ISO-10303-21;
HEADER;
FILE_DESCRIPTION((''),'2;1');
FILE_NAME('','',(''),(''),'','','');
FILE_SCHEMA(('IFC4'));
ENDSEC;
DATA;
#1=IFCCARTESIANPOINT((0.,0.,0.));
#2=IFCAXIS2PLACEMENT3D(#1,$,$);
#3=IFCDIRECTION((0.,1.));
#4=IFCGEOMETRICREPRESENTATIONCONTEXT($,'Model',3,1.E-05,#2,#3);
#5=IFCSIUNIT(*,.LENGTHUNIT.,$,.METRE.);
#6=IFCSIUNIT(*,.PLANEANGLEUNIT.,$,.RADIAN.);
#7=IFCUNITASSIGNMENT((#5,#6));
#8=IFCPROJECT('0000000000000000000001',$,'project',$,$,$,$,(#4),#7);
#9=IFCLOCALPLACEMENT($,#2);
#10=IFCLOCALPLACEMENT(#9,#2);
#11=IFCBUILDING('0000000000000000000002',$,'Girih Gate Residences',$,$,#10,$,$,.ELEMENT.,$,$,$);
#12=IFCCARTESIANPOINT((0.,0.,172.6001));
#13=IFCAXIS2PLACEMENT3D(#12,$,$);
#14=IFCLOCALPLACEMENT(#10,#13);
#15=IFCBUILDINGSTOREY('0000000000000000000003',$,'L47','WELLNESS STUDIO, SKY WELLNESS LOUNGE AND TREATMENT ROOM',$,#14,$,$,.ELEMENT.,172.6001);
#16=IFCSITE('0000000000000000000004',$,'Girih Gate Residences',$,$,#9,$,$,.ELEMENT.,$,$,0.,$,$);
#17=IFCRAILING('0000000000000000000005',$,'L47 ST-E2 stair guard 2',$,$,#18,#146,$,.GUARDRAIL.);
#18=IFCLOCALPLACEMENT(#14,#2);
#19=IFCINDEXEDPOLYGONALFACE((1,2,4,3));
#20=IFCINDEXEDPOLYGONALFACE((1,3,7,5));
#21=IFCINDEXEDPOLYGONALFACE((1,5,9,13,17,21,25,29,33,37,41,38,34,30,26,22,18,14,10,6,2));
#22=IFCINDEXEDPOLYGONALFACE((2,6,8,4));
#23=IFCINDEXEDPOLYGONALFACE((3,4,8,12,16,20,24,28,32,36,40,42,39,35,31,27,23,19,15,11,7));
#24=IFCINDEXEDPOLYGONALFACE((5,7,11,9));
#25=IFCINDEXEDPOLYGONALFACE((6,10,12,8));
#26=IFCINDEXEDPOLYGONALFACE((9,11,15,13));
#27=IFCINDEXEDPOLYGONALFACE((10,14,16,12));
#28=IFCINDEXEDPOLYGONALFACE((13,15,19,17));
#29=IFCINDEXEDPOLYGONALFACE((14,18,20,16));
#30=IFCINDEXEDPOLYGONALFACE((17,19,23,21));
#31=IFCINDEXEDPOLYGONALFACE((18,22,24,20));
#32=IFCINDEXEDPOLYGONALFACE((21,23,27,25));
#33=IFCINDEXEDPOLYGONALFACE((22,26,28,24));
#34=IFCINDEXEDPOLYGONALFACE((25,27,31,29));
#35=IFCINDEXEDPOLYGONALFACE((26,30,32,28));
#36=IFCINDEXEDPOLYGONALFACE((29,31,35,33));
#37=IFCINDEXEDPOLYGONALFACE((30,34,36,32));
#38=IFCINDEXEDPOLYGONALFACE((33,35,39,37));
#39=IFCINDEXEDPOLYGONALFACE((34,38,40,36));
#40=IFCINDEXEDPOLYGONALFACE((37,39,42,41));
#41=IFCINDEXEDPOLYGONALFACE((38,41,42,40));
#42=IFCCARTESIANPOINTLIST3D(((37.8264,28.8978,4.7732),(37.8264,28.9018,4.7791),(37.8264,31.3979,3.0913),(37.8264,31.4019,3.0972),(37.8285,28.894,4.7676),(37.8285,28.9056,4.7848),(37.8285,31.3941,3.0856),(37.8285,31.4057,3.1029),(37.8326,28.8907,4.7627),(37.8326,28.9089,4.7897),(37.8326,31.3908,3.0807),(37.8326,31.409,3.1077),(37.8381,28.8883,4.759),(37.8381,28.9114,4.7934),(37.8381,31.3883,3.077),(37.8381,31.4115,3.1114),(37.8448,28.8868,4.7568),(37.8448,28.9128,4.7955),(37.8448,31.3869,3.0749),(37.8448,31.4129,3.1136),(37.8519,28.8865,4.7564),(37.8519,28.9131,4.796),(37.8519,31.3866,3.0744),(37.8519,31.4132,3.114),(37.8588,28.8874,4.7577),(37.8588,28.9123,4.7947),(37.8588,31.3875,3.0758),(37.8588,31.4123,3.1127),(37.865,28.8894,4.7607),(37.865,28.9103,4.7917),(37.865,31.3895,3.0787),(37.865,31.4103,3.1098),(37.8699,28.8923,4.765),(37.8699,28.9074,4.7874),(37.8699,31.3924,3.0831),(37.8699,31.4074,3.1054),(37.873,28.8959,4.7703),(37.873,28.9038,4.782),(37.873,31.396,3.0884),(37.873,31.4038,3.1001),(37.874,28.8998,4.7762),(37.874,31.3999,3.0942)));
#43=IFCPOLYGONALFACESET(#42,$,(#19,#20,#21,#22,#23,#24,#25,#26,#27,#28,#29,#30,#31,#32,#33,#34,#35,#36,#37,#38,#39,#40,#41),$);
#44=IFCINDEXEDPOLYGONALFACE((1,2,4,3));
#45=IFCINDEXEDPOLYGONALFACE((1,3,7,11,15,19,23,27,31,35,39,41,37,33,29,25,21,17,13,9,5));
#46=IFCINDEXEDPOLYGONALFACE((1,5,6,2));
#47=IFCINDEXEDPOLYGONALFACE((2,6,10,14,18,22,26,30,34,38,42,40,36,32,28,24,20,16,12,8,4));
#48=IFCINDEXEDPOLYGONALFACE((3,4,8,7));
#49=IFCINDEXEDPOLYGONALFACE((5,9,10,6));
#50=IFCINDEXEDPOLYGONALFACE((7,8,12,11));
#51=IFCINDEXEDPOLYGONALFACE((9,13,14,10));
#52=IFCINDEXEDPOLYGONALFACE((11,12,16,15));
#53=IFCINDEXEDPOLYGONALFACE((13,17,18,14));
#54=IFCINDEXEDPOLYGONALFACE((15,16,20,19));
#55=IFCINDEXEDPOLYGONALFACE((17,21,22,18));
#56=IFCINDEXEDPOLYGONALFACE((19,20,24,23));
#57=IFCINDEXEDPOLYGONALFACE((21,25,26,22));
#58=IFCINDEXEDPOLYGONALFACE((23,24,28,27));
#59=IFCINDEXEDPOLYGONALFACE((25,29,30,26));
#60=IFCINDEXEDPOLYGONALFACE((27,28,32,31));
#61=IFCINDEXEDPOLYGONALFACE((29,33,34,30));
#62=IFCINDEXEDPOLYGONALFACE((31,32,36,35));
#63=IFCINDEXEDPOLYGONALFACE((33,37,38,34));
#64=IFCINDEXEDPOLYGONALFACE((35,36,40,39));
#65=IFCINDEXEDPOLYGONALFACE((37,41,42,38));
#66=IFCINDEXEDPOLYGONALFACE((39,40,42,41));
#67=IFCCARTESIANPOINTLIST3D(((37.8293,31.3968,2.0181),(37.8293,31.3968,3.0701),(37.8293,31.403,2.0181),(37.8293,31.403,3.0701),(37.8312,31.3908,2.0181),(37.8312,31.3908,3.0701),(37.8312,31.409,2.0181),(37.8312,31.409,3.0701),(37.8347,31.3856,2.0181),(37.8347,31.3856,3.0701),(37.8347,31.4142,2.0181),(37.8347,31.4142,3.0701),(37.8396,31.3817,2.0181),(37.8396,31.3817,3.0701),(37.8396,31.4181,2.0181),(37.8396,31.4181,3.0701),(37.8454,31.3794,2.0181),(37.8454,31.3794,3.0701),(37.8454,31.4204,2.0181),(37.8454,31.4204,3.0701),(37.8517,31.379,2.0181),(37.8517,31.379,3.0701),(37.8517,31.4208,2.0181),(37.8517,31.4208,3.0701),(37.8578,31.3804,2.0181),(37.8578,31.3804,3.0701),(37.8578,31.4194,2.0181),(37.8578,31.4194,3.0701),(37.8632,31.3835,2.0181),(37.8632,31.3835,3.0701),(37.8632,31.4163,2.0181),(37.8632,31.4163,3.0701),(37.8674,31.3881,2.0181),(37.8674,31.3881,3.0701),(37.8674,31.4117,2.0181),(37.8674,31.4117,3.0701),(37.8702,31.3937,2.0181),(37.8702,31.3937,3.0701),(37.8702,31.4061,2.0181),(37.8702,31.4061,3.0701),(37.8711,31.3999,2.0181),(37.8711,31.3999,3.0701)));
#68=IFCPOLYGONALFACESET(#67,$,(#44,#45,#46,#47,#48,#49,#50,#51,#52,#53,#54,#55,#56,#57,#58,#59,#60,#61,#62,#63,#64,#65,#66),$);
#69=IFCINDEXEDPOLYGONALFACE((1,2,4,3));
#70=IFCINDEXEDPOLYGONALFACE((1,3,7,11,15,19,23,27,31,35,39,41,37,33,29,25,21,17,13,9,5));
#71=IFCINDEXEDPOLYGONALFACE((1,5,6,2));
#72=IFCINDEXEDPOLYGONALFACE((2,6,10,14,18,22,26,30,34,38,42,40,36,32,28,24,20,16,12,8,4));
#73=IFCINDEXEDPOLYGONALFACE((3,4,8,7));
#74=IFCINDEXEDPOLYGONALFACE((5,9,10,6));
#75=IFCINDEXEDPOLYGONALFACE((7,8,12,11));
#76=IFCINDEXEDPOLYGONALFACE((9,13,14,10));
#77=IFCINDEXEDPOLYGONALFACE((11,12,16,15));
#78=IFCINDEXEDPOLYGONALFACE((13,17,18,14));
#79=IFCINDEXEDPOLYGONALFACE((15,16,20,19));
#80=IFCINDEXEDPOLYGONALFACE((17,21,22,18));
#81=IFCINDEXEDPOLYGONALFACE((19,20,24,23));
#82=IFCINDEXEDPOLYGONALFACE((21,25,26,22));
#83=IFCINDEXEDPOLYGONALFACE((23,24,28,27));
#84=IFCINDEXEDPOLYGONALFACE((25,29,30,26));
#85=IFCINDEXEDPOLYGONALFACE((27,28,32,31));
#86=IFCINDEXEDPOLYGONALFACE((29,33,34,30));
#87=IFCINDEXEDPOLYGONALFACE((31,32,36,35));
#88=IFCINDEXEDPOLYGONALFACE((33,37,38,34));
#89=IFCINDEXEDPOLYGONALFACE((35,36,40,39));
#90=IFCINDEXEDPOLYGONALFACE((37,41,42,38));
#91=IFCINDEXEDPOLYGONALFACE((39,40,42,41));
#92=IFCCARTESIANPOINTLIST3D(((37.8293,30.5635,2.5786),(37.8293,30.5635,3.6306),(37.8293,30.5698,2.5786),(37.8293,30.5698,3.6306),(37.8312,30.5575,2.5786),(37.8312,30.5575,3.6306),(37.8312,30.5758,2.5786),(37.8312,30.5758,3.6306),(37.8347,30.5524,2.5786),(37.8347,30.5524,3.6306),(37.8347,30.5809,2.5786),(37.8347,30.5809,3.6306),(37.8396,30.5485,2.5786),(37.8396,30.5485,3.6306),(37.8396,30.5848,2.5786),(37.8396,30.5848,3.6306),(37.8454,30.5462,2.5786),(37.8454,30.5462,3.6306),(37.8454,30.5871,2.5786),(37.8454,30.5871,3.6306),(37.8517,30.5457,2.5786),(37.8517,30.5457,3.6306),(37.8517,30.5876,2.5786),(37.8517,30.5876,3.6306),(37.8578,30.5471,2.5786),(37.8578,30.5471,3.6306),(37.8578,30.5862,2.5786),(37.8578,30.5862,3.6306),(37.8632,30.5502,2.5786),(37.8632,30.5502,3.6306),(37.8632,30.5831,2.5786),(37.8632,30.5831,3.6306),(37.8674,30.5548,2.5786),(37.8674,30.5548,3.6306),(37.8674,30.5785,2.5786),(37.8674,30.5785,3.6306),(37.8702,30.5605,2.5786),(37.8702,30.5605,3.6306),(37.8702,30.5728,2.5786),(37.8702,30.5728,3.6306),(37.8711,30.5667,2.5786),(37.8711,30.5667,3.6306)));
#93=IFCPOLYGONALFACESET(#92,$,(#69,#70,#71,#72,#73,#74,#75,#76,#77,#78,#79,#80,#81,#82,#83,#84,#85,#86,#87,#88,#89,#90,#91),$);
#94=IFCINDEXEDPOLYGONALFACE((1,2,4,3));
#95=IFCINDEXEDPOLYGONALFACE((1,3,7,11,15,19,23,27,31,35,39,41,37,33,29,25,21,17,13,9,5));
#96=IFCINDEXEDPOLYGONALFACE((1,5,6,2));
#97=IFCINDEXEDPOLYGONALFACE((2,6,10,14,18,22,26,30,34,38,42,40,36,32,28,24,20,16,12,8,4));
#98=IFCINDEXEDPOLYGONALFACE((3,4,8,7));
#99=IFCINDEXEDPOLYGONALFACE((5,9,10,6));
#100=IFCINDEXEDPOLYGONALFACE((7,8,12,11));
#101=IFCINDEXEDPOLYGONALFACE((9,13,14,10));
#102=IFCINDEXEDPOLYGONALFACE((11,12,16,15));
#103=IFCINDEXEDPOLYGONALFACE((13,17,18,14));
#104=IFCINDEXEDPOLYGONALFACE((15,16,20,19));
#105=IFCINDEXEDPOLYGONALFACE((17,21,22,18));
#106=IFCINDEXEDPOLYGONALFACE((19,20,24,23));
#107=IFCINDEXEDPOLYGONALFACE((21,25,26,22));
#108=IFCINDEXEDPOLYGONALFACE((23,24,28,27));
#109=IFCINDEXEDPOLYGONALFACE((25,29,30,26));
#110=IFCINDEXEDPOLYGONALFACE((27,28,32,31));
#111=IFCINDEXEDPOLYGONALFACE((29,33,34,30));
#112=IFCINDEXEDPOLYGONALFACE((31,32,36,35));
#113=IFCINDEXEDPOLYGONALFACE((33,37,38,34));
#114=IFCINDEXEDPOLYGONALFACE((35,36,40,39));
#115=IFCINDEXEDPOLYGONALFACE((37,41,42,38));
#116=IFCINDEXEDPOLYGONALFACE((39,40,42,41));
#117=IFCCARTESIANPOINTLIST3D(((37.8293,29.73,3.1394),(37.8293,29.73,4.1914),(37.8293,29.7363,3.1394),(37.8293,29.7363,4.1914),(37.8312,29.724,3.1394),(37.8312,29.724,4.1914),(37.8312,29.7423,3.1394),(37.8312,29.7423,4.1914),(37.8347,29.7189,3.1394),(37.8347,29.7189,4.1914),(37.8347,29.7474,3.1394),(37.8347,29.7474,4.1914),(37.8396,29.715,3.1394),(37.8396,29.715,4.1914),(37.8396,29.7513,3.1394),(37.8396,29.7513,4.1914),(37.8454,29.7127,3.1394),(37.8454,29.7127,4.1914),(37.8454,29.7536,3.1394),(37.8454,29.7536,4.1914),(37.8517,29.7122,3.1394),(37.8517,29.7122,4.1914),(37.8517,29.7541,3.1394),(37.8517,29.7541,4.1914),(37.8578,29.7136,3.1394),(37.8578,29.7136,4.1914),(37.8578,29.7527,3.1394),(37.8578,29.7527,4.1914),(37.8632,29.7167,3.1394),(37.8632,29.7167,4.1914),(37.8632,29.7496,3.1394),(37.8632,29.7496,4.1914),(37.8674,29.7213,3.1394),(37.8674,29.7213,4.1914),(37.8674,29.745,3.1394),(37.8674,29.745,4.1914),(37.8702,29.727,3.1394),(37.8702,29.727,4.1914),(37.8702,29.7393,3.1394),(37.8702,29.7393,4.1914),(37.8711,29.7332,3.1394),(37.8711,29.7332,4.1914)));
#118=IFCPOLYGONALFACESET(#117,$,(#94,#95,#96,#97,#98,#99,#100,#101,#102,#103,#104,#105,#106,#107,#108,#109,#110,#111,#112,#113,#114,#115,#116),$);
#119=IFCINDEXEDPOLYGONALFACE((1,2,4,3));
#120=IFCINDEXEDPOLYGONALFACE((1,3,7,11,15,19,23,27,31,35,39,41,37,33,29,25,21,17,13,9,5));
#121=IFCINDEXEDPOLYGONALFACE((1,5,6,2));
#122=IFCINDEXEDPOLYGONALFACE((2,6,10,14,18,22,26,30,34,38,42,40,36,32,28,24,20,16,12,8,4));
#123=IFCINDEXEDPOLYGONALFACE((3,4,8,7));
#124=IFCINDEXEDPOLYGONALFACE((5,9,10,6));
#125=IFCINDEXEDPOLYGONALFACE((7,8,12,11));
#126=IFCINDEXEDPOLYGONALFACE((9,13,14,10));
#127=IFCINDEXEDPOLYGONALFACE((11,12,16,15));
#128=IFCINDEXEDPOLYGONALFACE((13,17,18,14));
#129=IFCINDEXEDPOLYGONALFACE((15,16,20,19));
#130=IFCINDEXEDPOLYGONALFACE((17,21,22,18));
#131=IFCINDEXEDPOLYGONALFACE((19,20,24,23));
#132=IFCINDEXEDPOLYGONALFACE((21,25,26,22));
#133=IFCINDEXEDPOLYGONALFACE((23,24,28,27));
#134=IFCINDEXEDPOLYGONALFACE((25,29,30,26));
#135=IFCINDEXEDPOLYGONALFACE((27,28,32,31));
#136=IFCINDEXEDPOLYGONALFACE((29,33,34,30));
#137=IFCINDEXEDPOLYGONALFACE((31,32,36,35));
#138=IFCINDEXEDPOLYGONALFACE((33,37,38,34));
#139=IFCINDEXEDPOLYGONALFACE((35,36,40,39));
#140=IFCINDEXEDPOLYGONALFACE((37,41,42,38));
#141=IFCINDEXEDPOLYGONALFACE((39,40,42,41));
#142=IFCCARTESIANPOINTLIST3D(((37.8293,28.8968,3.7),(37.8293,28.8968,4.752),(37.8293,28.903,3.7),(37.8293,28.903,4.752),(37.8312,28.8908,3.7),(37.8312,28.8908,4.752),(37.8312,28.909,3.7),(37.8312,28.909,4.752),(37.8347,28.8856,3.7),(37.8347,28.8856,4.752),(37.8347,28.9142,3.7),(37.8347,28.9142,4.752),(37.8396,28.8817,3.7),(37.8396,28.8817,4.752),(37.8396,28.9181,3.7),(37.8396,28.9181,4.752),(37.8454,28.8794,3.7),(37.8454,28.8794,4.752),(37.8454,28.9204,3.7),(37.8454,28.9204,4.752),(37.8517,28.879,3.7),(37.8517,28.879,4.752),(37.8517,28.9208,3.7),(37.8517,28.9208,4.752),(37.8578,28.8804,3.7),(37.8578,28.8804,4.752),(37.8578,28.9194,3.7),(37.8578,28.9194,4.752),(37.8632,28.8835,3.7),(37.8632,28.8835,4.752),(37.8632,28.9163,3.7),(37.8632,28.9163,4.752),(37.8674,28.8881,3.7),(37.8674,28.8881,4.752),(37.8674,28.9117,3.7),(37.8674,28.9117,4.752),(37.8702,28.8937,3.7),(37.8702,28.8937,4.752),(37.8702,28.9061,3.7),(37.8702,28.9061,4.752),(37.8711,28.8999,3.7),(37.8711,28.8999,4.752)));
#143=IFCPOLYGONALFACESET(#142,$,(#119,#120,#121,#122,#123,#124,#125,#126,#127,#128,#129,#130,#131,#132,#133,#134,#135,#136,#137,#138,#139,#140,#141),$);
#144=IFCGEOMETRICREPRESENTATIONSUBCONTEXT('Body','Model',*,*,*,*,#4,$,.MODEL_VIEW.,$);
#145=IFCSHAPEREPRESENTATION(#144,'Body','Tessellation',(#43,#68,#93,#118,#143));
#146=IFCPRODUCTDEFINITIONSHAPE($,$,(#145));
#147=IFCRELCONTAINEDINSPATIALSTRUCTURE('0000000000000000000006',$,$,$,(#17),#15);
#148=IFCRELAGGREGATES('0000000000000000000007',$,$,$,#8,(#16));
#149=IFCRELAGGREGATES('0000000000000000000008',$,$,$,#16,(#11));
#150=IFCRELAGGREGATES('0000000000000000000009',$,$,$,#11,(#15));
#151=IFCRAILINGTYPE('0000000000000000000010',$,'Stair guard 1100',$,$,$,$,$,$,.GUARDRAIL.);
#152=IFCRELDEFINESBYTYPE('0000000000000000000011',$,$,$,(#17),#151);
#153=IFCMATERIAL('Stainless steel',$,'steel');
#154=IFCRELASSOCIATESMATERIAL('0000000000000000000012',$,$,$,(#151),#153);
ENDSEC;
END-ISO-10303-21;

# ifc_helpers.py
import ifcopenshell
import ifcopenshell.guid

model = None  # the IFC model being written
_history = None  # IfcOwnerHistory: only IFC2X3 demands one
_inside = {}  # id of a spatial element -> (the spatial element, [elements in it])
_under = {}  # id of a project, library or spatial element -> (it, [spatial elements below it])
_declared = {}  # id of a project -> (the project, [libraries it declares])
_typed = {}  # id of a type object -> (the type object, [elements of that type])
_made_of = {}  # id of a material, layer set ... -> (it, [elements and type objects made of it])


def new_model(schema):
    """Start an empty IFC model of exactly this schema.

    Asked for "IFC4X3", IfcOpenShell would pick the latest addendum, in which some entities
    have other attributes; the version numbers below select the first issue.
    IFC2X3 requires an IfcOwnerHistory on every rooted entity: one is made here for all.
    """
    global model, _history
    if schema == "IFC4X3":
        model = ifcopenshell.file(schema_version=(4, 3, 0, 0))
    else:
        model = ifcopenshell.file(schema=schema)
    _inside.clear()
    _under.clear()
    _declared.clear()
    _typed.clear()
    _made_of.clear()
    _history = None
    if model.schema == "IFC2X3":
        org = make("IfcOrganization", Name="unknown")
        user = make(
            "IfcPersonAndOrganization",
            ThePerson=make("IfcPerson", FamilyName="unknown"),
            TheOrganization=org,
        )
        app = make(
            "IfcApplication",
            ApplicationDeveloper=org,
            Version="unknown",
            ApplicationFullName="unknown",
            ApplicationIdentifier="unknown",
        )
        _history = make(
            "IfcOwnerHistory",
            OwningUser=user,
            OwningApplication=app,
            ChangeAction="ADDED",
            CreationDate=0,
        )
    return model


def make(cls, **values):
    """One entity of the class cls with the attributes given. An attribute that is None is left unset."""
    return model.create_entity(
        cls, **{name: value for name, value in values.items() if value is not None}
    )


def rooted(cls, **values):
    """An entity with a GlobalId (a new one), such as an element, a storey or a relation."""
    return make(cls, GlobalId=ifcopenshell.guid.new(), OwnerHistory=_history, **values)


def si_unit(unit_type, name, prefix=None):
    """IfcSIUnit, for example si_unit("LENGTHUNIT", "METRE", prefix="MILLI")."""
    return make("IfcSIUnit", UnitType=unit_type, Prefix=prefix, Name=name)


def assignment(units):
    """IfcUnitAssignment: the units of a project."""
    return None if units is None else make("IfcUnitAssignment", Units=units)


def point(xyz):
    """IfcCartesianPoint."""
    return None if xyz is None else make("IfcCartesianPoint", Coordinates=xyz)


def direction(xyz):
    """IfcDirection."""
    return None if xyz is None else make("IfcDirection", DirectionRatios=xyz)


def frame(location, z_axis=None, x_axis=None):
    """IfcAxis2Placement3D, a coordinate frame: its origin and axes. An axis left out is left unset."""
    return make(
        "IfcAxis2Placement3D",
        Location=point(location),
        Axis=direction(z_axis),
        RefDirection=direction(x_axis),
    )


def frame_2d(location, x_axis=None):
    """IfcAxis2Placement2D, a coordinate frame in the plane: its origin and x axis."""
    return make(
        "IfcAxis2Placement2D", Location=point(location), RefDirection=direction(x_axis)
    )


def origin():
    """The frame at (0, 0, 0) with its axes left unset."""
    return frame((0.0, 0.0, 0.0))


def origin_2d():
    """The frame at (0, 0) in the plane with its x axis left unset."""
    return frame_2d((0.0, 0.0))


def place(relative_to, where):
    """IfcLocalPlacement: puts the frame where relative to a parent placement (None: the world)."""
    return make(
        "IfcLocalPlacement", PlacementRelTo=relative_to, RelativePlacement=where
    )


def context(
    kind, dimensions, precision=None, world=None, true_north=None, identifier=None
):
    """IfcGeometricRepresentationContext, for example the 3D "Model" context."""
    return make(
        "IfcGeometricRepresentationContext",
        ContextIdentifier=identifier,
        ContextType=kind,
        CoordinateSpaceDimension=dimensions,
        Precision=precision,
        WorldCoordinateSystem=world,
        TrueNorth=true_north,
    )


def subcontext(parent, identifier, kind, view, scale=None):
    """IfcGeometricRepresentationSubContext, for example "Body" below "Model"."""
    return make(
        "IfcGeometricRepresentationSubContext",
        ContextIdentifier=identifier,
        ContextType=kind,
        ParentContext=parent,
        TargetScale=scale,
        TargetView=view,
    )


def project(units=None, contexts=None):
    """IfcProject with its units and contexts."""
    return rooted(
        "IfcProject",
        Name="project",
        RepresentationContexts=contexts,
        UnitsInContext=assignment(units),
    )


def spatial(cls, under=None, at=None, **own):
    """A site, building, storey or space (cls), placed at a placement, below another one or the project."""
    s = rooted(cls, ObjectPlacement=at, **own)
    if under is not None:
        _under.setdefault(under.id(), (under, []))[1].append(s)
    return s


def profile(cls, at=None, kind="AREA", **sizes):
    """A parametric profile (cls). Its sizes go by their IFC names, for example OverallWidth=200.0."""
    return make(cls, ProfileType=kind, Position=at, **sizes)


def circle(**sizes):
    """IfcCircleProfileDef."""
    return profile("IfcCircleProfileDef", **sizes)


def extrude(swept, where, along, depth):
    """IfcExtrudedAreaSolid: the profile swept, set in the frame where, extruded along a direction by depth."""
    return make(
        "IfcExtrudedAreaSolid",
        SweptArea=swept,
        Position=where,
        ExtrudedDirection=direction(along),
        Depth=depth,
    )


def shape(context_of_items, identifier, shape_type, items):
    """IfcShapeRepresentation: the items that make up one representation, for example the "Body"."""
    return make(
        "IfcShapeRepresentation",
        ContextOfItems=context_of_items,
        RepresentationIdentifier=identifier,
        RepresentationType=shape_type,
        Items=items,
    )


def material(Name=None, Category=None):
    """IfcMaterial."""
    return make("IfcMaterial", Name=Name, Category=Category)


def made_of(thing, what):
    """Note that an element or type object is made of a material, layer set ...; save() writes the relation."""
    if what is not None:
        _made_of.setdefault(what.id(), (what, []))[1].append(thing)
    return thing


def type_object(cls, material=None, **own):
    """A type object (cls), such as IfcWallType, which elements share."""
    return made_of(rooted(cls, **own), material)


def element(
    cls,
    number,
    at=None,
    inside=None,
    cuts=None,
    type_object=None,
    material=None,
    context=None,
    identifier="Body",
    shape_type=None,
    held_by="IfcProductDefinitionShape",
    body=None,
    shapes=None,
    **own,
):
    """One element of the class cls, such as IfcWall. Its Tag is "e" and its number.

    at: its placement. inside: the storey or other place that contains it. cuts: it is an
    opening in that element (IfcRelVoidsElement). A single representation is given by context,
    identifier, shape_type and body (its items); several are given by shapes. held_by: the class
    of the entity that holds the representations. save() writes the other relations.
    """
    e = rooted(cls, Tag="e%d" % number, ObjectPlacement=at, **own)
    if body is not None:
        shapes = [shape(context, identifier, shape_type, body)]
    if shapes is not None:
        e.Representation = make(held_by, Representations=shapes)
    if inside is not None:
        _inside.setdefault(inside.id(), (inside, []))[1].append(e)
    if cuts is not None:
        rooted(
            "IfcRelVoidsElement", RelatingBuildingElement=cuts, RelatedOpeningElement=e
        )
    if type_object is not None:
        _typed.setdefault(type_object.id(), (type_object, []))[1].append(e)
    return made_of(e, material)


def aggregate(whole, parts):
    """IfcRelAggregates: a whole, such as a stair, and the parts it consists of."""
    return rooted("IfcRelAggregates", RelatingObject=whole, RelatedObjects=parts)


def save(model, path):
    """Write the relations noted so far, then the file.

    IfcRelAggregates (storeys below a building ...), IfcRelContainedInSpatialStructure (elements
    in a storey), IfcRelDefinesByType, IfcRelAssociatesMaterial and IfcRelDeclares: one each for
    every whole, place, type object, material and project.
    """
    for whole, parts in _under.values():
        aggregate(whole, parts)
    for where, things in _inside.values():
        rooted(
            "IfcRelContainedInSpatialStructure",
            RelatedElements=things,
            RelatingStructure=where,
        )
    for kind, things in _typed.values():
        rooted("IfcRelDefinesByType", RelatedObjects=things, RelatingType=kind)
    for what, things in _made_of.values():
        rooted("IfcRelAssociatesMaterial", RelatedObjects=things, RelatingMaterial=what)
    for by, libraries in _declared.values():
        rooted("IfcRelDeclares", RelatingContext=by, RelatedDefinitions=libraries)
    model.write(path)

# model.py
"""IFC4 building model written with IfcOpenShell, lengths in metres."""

from ifc_helpers import new_model, si_unit, direction, frame, origin, origin_2d, place, context, subcontext, project, spatial, circle, extrude, material, type_object, element, save


model = new_model("IFC4")

# Units and contexts
model_context = context("Model", 3, precision=1e-05, world=origin(), true_north=direction((0.0, 1.0)))
body_context = subcontext(model_context, "Body", "Model", "MODEL_VIEW")
ifc_project = project(units=[si_unit("LENGTHUNIT", "METRE"), si_unit("PLANEANGLEUNIT", "RADIAN")], contexts=[model_context])

# Site, building, storey
site_placement = place(None, origin())
site = spatial("IfcSite", under=ifc_project, at=site_placement, Name="Girih Gate Residences", CompositionType="ELEMENT", RefElevation=0.0)
building_placement = place(site_placement, origin())
building = spatial("IfcBuilding", under=site, at=building_placement, Name="Girih Gate Residences", CompositionType="ELEMENT")
storey_placement = place(building_placement, frame((0.0, 0.0, 172.6001)))
storey = spatial("IfcBuildingStorey", under=building, at=storey_placement, Name="L47", Description="WELLNESS STUDIO, SKY WELLNESS LOUNGE AND TREATMENT ROOM", CompositionType="ELEMENT", Elevation=172.6001)

# Shared definitions
ifc_material_1 = material(Name="Stainless steel", Category="steel")

# Railing
railing_type_1 = type_object("IfcRailingType", Name="Stair guard 1100", PredefinedType="GUARDRAIL", material=ifc_material_1)
railing_1_placement = place(storey_placement, frame((37.8501, 31.3999, 2.0181)))
element("IfcRailing", 1, at=railing_1_placement, inside=storey, type_object=railing_type_1, Name="L47 ST-E2 stair guard 2", PredefinedType="GUARDRAIL", context=body_context, shape_type="SweptSolid", body=[
    extrude(circle(Radius=0.0239, at=origin_2d()), frame((0.0, 0.0, 1.0762), z_axis=(0.0, -0.829712, 0.558192), x_axis=(1.0, 0.0, 0.0)), (0.0, 0.0, 1.0), 3.0132),
    extrude(circle(Radius=0.021, at=origin_2d()), origin(), (0.0, 0.0, 1.0), 1.052),
    extrude(circle(Radius=0.021, at=origin_2d()), frame((0.0, -0.8333, 0.5605)), (0.0, 0.0, 1.0), 1.052),
    extrude(circle(Radius=0.021, at=origin_2d()), frame((0.0, -1.6667, 1.1213)), (0.0, 0.0, 1.0), 1.052),
    extrude(circle(Radius=0.021, at=origin_2d()), frame((0.0, -2.5, 1.6819)), (0.0, 0.0, 1.0), 1.052),
])

save(model, "model.ifc")
